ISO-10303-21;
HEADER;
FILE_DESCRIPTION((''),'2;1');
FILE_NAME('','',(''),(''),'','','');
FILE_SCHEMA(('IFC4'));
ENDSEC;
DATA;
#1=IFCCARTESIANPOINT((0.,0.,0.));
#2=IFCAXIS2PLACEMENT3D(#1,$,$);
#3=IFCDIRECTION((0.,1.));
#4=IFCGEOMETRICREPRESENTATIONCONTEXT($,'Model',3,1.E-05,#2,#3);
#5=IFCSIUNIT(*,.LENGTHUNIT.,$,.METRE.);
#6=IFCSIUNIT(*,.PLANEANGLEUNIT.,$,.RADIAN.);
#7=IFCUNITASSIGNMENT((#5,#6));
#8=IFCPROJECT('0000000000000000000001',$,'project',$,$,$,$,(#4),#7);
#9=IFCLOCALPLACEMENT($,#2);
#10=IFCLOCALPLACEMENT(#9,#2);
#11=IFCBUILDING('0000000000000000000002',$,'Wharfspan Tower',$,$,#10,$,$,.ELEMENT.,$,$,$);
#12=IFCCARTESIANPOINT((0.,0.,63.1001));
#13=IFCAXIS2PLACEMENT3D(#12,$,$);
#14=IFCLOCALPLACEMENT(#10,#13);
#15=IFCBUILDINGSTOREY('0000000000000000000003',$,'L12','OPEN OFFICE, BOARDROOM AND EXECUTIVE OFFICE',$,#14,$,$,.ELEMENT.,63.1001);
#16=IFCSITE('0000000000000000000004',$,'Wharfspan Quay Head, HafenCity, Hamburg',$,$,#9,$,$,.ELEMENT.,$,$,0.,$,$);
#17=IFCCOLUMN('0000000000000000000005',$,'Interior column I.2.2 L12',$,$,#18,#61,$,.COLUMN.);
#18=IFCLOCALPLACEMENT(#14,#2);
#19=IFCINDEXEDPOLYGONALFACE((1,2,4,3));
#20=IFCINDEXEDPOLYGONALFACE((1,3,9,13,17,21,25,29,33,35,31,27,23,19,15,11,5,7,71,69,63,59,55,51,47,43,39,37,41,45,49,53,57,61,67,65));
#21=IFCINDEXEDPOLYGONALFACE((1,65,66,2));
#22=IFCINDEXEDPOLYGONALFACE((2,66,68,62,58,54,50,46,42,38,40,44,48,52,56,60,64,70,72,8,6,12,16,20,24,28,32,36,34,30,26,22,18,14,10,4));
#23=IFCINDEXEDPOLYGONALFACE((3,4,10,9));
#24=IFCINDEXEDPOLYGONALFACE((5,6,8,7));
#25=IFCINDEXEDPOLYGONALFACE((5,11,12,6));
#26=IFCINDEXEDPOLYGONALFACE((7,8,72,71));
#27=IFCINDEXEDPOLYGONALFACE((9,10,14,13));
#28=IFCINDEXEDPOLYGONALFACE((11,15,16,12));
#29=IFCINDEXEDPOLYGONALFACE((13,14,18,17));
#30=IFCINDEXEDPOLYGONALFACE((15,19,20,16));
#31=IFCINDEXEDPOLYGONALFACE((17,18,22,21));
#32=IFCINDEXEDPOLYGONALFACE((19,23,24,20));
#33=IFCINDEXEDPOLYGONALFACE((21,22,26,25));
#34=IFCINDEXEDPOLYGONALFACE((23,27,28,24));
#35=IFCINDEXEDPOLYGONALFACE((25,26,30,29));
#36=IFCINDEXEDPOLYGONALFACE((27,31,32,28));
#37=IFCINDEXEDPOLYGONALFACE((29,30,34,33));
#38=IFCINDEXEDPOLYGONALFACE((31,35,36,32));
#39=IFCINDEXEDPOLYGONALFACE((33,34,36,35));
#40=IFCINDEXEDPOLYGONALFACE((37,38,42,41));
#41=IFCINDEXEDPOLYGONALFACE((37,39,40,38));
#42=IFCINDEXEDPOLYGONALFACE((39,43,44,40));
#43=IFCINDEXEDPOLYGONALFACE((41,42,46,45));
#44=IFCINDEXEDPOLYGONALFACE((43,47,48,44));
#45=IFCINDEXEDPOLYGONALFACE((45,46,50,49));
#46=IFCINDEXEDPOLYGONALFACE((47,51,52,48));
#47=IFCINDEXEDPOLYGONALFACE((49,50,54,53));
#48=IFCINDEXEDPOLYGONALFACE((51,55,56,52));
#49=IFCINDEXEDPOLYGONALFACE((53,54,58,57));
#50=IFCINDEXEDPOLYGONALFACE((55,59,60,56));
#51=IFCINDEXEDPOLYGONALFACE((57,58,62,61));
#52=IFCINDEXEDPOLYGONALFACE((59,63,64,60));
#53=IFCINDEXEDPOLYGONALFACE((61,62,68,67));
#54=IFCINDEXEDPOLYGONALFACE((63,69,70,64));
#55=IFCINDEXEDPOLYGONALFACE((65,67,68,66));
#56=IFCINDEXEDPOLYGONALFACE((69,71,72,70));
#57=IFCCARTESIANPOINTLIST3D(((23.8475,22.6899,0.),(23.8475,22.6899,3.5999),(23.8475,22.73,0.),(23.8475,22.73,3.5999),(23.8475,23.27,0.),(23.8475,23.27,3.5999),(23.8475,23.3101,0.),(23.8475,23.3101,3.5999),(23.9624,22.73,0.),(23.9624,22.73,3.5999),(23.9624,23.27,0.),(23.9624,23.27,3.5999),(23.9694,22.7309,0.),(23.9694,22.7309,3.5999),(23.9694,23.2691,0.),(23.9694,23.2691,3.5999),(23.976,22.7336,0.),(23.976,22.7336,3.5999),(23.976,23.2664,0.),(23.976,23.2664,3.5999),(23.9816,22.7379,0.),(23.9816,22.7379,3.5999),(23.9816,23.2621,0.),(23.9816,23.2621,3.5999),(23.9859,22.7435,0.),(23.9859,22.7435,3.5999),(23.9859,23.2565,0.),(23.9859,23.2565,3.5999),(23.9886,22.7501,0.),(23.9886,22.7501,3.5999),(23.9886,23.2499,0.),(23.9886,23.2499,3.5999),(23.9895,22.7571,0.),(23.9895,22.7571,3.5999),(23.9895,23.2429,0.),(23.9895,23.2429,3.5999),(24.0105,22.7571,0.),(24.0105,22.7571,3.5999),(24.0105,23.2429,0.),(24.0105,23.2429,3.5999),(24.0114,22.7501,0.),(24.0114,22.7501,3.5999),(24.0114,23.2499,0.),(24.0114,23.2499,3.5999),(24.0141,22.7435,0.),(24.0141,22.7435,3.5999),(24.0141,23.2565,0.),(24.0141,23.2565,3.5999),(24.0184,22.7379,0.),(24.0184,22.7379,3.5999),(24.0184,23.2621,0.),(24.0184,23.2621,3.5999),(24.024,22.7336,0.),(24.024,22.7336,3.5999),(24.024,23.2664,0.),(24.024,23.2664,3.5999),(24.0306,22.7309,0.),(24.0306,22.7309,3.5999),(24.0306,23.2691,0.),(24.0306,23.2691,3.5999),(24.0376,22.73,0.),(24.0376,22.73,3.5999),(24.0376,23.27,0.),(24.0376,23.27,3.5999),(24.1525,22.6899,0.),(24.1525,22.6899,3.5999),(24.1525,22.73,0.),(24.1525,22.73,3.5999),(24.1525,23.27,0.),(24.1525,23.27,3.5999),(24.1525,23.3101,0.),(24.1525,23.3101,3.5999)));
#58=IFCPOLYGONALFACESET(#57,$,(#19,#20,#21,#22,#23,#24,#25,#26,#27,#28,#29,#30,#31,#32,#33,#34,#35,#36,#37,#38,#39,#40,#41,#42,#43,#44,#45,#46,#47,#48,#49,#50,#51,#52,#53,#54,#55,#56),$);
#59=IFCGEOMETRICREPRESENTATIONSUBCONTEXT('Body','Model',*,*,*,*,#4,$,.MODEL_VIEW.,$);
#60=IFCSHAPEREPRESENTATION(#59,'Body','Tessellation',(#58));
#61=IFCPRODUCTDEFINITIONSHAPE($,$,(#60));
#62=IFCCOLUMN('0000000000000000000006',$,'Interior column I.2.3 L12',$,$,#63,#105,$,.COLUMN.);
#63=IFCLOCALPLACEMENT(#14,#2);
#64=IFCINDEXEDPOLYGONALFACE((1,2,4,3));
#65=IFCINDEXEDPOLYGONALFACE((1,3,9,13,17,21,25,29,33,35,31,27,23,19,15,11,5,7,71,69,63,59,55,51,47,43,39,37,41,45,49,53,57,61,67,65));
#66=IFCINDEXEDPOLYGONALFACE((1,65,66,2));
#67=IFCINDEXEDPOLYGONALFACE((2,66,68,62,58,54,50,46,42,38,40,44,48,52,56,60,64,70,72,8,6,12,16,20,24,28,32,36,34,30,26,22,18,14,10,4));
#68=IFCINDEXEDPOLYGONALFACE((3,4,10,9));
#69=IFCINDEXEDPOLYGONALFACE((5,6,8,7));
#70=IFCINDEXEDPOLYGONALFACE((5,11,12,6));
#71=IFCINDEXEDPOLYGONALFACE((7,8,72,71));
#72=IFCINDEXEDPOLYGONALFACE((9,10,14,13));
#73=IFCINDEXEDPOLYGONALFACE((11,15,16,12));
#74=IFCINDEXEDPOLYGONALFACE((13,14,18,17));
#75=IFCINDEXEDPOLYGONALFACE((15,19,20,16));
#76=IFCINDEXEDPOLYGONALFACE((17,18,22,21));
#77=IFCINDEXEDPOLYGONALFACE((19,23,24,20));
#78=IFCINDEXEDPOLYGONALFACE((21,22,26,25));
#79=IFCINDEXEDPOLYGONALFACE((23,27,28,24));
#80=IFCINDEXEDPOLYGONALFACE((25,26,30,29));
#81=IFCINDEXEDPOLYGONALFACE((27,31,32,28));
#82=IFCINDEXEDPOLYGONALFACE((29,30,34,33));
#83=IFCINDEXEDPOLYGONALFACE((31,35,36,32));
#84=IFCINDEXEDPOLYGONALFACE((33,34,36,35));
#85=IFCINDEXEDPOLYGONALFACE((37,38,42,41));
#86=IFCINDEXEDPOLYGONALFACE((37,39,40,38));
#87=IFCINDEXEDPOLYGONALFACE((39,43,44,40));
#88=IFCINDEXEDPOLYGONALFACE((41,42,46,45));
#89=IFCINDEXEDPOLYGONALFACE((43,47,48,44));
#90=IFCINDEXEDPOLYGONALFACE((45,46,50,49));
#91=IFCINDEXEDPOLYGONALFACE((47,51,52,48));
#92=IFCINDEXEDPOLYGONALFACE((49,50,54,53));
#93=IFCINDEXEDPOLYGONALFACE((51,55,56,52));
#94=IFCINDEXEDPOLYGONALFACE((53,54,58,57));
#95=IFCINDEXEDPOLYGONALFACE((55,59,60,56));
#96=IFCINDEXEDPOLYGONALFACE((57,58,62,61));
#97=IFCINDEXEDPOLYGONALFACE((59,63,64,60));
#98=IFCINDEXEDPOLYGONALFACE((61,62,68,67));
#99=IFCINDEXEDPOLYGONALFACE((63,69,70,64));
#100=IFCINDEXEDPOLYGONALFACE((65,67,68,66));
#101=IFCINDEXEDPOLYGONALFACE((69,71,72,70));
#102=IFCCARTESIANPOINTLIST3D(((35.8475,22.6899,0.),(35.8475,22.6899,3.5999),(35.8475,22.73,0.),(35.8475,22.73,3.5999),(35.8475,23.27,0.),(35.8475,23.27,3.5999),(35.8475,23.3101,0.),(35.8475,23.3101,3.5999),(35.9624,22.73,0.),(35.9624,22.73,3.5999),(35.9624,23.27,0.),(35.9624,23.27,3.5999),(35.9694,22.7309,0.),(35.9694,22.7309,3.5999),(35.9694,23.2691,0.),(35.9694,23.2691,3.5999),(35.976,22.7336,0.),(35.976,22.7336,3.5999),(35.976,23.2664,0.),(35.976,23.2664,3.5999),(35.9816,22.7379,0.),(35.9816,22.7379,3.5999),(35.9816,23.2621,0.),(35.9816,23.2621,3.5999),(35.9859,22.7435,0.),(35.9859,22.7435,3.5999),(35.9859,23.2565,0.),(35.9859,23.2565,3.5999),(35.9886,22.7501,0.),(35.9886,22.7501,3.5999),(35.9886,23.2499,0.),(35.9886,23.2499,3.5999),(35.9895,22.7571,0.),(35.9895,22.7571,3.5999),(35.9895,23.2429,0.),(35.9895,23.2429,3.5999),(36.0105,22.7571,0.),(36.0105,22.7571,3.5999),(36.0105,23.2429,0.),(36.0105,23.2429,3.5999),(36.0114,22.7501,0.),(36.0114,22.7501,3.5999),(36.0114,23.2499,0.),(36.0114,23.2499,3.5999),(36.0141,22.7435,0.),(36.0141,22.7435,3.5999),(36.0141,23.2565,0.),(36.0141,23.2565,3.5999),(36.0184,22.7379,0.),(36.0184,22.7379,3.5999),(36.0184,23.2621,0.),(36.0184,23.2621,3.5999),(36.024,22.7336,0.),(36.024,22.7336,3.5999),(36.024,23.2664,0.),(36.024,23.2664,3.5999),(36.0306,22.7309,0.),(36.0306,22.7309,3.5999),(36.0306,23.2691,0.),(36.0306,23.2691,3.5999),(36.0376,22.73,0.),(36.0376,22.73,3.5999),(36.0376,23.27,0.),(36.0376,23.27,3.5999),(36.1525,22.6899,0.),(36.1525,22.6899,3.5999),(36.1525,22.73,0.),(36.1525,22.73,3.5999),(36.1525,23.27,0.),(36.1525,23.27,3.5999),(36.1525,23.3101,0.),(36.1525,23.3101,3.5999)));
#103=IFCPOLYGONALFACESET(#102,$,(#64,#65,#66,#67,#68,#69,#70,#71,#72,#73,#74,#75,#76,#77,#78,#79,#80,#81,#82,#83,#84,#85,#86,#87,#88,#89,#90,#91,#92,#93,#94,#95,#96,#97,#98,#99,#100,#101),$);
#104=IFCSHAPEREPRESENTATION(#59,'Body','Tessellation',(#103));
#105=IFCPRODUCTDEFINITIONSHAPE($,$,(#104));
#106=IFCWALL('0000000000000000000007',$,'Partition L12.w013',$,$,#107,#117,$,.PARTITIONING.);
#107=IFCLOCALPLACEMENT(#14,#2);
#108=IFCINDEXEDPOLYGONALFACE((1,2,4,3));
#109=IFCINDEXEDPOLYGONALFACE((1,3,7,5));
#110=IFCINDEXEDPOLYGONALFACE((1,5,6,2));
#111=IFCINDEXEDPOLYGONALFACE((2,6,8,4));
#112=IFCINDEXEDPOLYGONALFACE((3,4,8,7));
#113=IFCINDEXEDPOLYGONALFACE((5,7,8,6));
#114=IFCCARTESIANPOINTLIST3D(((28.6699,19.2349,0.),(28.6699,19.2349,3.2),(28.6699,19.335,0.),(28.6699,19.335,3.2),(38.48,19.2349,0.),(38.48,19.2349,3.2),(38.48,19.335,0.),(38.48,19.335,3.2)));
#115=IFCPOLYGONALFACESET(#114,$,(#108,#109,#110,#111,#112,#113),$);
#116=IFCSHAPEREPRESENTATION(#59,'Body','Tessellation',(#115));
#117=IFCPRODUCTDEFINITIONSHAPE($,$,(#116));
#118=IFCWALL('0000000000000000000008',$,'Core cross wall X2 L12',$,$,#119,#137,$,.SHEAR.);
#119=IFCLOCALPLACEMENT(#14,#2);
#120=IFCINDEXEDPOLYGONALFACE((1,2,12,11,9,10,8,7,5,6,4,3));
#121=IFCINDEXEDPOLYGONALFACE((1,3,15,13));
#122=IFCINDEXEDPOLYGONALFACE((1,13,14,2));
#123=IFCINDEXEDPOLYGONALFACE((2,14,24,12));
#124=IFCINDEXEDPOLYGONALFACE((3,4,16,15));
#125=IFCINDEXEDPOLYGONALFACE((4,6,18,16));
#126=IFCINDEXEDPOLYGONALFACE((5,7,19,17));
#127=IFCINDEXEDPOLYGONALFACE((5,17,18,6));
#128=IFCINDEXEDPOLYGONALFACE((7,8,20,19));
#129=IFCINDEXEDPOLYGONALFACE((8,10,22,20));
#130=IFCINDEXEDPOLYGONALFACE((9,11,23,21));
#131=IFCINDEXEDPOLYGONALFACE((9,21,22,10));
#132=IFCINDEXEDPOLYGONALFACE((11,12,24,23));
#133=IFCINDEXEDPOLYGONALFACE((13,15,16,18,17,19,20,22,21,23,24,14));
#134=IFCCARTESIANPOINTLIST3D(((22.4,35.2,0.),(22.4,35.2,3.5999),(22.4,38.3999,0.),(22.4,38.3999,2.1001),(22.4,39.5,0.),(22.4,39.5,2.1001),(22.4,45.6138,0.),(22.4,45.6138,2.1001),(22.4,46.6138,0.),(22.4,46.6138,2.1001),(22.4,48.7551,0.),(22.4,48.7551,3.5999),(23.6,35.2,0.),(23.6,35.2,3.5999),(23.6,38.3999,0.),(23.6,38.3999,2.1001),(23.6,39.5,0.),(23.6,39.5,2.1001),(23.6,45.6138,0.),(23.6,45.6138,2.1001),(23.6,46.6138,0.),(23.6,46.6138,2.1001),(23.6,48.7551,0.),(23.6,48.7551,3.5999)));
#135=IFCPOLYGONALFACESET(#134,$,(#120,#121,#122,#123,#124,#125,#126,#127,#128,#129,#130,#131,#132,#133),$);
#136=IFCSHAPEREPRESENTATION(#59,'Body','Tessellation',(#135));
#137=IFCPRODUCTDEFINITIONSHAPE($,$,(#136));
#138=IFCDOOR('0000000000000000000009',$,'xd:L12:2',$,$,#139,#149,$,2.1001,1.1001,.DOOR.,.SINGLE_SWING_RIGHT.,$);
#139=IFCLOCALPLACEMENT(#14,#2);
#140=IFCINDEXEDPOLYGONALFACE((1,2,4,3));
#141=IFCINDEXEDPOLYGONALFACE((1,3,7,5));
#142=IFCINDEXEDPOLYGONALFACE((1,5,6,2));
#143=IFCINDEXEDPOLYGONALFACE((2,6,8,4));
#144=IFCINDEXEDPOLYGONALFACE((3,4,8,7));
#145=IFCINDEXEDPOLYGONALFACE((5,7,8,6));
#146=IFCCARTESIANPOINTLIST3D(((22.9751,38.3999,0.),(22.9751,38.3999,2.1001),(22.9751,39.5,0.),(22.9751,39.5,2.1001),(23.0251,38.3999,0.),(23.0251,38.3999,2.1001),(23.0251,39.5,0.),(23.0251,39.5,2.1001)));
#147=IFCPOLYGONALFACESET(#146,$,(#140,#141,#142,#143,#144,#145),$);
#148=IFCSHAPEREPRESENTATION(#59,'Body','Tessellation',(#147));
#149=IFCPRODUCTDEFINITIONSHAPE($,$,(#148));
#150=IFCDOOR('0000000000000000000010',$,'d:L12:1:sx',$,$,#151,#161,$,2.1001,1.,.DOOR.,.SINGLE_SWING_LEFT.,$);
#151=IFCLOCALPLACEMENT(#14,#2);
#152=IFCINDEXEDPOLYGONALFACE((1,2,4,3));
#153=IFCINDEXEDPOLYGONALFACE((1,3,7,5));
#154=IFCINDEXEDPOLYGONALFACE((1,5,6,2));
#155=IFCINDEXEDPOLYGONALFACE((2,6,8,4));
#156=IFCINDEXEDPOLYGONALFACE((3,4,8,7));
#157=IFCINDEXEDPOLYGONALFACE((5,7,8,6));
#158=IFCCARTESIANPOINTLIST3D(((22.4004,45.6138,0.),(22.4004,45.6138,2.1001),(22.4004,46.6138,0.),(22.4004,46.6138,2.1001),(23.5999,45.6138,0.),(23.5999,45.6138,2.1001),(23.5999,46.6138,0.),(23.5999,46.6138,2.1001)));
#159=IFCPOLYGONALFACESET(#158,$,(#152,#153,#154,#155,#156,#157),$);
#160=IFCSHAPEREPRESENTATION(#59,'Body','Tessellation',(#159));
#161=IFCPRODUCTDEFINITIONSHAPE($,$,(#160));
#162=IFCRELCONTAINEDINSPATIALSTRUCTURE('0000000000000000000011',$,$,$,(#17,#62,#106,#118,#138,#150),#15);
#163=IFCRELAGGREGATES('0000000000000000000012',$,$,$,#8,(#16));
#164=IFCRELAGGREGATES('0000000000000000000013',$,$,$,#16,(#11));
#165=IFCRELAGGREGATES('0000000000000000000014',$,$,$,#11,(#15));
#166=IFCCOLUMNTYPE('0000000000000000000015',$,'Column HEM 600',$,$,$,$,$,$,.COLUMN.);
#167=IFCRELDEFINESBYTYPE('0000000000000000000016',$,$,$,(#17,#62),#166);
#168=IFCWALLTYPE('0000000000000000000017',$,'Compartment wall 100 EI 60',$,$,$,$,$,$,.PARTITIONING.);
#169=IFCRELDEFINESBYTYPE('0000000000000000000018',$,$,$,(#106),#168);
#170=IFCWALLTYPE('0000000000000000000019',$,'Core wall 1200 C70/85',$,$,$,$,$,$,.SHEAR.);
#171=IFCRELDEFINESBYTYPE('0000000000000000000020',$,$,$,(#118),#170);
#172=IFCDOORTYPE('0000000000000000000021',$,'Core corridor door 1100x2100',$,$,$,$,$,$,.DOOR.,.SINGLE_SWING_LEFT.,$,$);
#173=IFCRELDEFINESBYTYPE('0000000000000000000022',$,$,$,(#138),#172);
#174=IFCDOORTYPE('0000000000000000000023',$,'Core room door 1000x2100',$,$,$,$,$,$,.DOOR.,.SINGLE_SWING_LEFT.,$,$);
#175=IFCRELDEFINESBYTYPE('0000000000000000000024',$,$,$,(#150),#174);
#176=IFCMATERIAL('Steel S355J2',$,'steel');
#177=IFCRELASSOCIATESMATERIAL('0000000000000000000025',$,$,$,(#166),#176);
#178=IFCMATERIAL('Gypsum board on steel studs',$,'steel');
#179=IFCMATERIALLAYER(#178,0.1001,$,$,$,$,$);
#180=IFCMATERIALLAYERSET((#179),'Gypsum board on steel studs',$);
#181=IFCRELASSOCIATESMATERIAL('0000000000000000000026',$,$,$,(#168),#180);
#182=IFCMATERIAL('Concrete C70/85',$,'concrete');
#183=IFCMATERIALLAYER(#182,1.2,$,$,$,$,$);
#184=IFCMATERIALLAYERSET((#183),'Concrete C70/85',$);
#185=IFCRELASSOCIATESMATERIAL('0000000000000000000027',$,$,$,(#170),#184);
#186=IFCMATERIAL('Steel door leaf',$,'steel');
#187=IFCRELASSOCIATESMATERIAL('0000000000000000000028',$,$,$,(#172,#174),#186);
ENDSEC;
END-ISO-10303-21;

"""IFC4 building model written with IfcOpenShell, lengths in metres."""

from ifc_helpers import new_model, si_unit, direction, frame, frame_2d, origin, origin_2d, place, context, subcontext, project, spatial, rectangle, i_section, extrude, material, layer, layer_set, material_profile, profile_set, type_object, element, fill, save


model = new_model("IFC4")

# Units and contexts
model_context = context("Model", 3, precision=1e-05, world=origin(), true_north=direction((0.0, 1.0)))
body_context = subcontext(model_context, "Body", "Model", "MODEL_VIEW")
ifc_project = project(units=[si_unit("LENGTHUNIT", "METRE"), si_unit("PLANEANGLEUNIT", "RADIAN")], contexts=[model_context])

# Site, building, storey
site_placement = place(None, origin())
site = spatial("IfcSite", under=ifc_project, at=site_placement, Name="Wharfspan Quay Head, HafenCity, Hamburg", CompositionType="ELEMENT", RefElevation=0.0)
building_placement = place(site_placement, origin())
building = spatial("IfcBuilding", under=site, at=building_placement, Name="Wharfspan Tower", CompositionType="ELEMENT")
storey_placement = place(building_placement, frame((0.0, 0.0, 63.1001)))
storey = spatial("IfcBuildingStorey", under=building, at=storey_placement, Name="L12", Description="OPEN OFFICE, BOARDROOM AND EXECUTIVE OFFICE", CompositionType="ELEMENT", Elevation=63.1001)

# Columns
ifc_material_1 = material(Name="Steel S355J2", Category="steel")
ifc_material_profile = material_profile(ifc_material_1, i_section(OverallWidth=0.3049, OverallDepth=0.6201, WebThickness=0.021, FlangeThickness=0.04, FilletRadius=0.0271, at=origin_2d()))
ifc_profile_set = profile_set([ifc_material_profile], Name="Steel S355J2")
column_type = type_object("IfcColumnType", Name="Column HEM 600", PredefinedType="COLUMN", material=ifc_profile_set)
for number, where, z_axis, x_axis, name in (
    (1, (24.0, 23.0, 0.0), (0.0, 0.0, 1.0), (1.0, 0.0, 0.0), "Interior column I.2.2 L12"),
    (2, (36.0, 23.0, 0.0), (0.0, 0.0, 1.0), (1.0, 0.0, 0.0), "Interior column I.2.3 L12"),
):
    element("IfcColumn", number, at=place(storey_placement, frame(where, z_axis=z_axis, x_axis=x_axis)), inside=storey, type_object=column_type, Name=name, PredefinedType="COLUMN", context=body_context, shape_type="SweptSolid", body=[
        extrude(i_section(OverallWidth=0.3049, OverallDepth=0.6201, WebThickness=0.021, FlangeThickness=0.04, FilletRadius=0.0271, at=origin_2d()), origin(), (0.0, 0.0, 1.0), 3.5999),
    ])

# Wall
ifc_material_2 = material(Name="Gypsum board on steel studs", Category="steel")
ifc_layer_1 = layer(ifc_material_2, 0.1001)
ifc_layer_set_1 = layer_set([ifc_layer_1], Name="Gypsum board on steel studs")
wall_type_1 = type_object("IfcWallType", Name="Compartment wall 100 EI 60", PredefinedType="PARTITIONING", material=ifc_layer_set_1)
wall_1_placement = place(storey_placement, frame((28.6699, 19.2849, 0.0), z_axis=(0.0, 0.0, 1.0), x_axis=(1.0, 0.0, 0.0)))
element("IfcWall", 3, at=wall_1_placement, inside=storey, type_object=wall_type_1, Name="Partition L12.w013", PredefinedType="PARTITIONING", context=body_context, shape_type="SweptSolid", body=[
    extrude(rectangle(XDim=9.8101, YDim=0.1001, at=frame_2d((4.905, 0.0))), origin(), (0.0, 0.0, 1.0), 3.2),
])

# Wall, openings, doors
ifc_material_3 = material(Name="Concrete C70/85", Category="concrete")
ifc_layer_2 = layer(ifc_material_3, 1.2)
ifc_layer_set_2 = layer_set([ifc_layer_2], Name="Concrete C70/85")
wall_type_2 = type_object("IfcWallType", Name="Core wall 1200 C70/85", PredefinedType="SHEAR", material=ifc_layer_set_2)
wall_2_placement = place(storey_placement, frame((23.0, 35.2, 0.0), z_axis=(0.0, 0.0, 1.0), x_axis=(0.0, 1.0, 0.0)))
wall_2 = element("IfcWall", 4, at=wall_2_placement, inside=storey, type_object=wall_type_2, Name="Core cross wall X2 L12", PredefinedType="SHEAR", context=body_context, shape_type="SweptSolid", body=[
    extrude(rectangle(XDim=13.5552, YDim=1.2, at=frame_2d((6.7776, 0.0))), origin(), (0.0, 0.0, 1.0), 3.5999),
])
opening_1_placement = place(wall_2_placement, frame((10.4138, 0.0, 0.0)))
opening_1 = element("IfcOpeningElement", 5, at=opening_1_placement, cuts=wall_2, PredefinedType="OPENING", context=body_context, shape_type="SweptSolid", body=[
    extrude(rectangle(XDim=1.0, YDim=2.1001, at=frame_2d((0.5, 1.05))), frame((0.0, 0.6099, 0.0), z_axis=(0.0, -1.0, 0.0), x_axis=(1.0, 0.0, 0.0)), (0.0, 0.0, 1.0), 1.22),
])
opening_2_placement = place(wall_2_placement, frame((3.2, 0.0, 0.0)))
opening_2 = element("IfcOpeningElement", 6, at=opening_2_placement, cuts=wall_2, PredefinedType="OPENING", context=body_context, shape_type="SweptSolid", body=[
    extrude(rectangle(XDim=1.1001, YDim=2.1001, at=frame_2d((0.55, 1.05))), frame((0.0, 0.6099, 0.0), z_axis=(0.0, -1.0, 0.0), x_axis=(1.0, 0.0, 0.0)), (0.0, 0.0, 1.0), 1.22),
])
ifc_material_4 = material(Name="Steel door leaf", Category="steel")
door_type_1 = type_object("IfcDoorType", Name="Core corridor door 1100x2100", OperationType="SINGLE_SWING_LEFT", PredefinedType="DOOR", material=ifc_material_4)
door_1_placement = place(opening_2_placement, origin())
door_1 = element("IfcDoor", 7, at=door_1_placement, inside=storey, type_object=door_type_1, Name="xd:L12:2", OperationType="SINGLE_SWING_RIGHT", OverallHeight=2.1001, OverallWidth=1.1001, PredefinedType="DOOR", context=body_context, shape_type="SweptSolid", body=[
    extrude(rectangle(XDim=1.1001, YDim=2.1001, at=frame_2d((0.55, 1.05))), frame((0.0, 0.0249, 0.0), z_axis=(0.0, -1.0, 0.0), x_axis=(1.0, 0.0, 0.0)), (0.0, 0.0, 1.0), 0.05),
])
fill(opening_2, door_1)
door_type_2 = type_object("IfcDoorType", Name="Core room door 1000x2100", OperationType="SINGLE_SWING_LEFT", PredefinedType="DOOR", material=ifc_material_4)
door_2_placement = place(opening_1_placement, origin())
door_2 = element("IfcDoor", 8, at=door_2_placement, inside=storey, type_object=door_type_2, Name="d:L12:1:sx", OperationType="SINGLE_SWING_LEFT", OverallHeight=2.1001, OverallWidth=1.0, PredefinedType="DOOR", context=body_context, shape_type="SweptSolid", body=[
    extrude(rectangle(XDim=1.0, YDim=2.1001, at=frame_2d((0.5, 1.05))), frame((0.0, 0.5996, 0.0), z_axis=(0.0, -1.0, 0.0), x_axis=(1.0, 0.0, 0.0)), (0.0, 0.0, 1.0), 1.1995),
])
fill(opening_1, door_2)

save(model, "model.ifc")
